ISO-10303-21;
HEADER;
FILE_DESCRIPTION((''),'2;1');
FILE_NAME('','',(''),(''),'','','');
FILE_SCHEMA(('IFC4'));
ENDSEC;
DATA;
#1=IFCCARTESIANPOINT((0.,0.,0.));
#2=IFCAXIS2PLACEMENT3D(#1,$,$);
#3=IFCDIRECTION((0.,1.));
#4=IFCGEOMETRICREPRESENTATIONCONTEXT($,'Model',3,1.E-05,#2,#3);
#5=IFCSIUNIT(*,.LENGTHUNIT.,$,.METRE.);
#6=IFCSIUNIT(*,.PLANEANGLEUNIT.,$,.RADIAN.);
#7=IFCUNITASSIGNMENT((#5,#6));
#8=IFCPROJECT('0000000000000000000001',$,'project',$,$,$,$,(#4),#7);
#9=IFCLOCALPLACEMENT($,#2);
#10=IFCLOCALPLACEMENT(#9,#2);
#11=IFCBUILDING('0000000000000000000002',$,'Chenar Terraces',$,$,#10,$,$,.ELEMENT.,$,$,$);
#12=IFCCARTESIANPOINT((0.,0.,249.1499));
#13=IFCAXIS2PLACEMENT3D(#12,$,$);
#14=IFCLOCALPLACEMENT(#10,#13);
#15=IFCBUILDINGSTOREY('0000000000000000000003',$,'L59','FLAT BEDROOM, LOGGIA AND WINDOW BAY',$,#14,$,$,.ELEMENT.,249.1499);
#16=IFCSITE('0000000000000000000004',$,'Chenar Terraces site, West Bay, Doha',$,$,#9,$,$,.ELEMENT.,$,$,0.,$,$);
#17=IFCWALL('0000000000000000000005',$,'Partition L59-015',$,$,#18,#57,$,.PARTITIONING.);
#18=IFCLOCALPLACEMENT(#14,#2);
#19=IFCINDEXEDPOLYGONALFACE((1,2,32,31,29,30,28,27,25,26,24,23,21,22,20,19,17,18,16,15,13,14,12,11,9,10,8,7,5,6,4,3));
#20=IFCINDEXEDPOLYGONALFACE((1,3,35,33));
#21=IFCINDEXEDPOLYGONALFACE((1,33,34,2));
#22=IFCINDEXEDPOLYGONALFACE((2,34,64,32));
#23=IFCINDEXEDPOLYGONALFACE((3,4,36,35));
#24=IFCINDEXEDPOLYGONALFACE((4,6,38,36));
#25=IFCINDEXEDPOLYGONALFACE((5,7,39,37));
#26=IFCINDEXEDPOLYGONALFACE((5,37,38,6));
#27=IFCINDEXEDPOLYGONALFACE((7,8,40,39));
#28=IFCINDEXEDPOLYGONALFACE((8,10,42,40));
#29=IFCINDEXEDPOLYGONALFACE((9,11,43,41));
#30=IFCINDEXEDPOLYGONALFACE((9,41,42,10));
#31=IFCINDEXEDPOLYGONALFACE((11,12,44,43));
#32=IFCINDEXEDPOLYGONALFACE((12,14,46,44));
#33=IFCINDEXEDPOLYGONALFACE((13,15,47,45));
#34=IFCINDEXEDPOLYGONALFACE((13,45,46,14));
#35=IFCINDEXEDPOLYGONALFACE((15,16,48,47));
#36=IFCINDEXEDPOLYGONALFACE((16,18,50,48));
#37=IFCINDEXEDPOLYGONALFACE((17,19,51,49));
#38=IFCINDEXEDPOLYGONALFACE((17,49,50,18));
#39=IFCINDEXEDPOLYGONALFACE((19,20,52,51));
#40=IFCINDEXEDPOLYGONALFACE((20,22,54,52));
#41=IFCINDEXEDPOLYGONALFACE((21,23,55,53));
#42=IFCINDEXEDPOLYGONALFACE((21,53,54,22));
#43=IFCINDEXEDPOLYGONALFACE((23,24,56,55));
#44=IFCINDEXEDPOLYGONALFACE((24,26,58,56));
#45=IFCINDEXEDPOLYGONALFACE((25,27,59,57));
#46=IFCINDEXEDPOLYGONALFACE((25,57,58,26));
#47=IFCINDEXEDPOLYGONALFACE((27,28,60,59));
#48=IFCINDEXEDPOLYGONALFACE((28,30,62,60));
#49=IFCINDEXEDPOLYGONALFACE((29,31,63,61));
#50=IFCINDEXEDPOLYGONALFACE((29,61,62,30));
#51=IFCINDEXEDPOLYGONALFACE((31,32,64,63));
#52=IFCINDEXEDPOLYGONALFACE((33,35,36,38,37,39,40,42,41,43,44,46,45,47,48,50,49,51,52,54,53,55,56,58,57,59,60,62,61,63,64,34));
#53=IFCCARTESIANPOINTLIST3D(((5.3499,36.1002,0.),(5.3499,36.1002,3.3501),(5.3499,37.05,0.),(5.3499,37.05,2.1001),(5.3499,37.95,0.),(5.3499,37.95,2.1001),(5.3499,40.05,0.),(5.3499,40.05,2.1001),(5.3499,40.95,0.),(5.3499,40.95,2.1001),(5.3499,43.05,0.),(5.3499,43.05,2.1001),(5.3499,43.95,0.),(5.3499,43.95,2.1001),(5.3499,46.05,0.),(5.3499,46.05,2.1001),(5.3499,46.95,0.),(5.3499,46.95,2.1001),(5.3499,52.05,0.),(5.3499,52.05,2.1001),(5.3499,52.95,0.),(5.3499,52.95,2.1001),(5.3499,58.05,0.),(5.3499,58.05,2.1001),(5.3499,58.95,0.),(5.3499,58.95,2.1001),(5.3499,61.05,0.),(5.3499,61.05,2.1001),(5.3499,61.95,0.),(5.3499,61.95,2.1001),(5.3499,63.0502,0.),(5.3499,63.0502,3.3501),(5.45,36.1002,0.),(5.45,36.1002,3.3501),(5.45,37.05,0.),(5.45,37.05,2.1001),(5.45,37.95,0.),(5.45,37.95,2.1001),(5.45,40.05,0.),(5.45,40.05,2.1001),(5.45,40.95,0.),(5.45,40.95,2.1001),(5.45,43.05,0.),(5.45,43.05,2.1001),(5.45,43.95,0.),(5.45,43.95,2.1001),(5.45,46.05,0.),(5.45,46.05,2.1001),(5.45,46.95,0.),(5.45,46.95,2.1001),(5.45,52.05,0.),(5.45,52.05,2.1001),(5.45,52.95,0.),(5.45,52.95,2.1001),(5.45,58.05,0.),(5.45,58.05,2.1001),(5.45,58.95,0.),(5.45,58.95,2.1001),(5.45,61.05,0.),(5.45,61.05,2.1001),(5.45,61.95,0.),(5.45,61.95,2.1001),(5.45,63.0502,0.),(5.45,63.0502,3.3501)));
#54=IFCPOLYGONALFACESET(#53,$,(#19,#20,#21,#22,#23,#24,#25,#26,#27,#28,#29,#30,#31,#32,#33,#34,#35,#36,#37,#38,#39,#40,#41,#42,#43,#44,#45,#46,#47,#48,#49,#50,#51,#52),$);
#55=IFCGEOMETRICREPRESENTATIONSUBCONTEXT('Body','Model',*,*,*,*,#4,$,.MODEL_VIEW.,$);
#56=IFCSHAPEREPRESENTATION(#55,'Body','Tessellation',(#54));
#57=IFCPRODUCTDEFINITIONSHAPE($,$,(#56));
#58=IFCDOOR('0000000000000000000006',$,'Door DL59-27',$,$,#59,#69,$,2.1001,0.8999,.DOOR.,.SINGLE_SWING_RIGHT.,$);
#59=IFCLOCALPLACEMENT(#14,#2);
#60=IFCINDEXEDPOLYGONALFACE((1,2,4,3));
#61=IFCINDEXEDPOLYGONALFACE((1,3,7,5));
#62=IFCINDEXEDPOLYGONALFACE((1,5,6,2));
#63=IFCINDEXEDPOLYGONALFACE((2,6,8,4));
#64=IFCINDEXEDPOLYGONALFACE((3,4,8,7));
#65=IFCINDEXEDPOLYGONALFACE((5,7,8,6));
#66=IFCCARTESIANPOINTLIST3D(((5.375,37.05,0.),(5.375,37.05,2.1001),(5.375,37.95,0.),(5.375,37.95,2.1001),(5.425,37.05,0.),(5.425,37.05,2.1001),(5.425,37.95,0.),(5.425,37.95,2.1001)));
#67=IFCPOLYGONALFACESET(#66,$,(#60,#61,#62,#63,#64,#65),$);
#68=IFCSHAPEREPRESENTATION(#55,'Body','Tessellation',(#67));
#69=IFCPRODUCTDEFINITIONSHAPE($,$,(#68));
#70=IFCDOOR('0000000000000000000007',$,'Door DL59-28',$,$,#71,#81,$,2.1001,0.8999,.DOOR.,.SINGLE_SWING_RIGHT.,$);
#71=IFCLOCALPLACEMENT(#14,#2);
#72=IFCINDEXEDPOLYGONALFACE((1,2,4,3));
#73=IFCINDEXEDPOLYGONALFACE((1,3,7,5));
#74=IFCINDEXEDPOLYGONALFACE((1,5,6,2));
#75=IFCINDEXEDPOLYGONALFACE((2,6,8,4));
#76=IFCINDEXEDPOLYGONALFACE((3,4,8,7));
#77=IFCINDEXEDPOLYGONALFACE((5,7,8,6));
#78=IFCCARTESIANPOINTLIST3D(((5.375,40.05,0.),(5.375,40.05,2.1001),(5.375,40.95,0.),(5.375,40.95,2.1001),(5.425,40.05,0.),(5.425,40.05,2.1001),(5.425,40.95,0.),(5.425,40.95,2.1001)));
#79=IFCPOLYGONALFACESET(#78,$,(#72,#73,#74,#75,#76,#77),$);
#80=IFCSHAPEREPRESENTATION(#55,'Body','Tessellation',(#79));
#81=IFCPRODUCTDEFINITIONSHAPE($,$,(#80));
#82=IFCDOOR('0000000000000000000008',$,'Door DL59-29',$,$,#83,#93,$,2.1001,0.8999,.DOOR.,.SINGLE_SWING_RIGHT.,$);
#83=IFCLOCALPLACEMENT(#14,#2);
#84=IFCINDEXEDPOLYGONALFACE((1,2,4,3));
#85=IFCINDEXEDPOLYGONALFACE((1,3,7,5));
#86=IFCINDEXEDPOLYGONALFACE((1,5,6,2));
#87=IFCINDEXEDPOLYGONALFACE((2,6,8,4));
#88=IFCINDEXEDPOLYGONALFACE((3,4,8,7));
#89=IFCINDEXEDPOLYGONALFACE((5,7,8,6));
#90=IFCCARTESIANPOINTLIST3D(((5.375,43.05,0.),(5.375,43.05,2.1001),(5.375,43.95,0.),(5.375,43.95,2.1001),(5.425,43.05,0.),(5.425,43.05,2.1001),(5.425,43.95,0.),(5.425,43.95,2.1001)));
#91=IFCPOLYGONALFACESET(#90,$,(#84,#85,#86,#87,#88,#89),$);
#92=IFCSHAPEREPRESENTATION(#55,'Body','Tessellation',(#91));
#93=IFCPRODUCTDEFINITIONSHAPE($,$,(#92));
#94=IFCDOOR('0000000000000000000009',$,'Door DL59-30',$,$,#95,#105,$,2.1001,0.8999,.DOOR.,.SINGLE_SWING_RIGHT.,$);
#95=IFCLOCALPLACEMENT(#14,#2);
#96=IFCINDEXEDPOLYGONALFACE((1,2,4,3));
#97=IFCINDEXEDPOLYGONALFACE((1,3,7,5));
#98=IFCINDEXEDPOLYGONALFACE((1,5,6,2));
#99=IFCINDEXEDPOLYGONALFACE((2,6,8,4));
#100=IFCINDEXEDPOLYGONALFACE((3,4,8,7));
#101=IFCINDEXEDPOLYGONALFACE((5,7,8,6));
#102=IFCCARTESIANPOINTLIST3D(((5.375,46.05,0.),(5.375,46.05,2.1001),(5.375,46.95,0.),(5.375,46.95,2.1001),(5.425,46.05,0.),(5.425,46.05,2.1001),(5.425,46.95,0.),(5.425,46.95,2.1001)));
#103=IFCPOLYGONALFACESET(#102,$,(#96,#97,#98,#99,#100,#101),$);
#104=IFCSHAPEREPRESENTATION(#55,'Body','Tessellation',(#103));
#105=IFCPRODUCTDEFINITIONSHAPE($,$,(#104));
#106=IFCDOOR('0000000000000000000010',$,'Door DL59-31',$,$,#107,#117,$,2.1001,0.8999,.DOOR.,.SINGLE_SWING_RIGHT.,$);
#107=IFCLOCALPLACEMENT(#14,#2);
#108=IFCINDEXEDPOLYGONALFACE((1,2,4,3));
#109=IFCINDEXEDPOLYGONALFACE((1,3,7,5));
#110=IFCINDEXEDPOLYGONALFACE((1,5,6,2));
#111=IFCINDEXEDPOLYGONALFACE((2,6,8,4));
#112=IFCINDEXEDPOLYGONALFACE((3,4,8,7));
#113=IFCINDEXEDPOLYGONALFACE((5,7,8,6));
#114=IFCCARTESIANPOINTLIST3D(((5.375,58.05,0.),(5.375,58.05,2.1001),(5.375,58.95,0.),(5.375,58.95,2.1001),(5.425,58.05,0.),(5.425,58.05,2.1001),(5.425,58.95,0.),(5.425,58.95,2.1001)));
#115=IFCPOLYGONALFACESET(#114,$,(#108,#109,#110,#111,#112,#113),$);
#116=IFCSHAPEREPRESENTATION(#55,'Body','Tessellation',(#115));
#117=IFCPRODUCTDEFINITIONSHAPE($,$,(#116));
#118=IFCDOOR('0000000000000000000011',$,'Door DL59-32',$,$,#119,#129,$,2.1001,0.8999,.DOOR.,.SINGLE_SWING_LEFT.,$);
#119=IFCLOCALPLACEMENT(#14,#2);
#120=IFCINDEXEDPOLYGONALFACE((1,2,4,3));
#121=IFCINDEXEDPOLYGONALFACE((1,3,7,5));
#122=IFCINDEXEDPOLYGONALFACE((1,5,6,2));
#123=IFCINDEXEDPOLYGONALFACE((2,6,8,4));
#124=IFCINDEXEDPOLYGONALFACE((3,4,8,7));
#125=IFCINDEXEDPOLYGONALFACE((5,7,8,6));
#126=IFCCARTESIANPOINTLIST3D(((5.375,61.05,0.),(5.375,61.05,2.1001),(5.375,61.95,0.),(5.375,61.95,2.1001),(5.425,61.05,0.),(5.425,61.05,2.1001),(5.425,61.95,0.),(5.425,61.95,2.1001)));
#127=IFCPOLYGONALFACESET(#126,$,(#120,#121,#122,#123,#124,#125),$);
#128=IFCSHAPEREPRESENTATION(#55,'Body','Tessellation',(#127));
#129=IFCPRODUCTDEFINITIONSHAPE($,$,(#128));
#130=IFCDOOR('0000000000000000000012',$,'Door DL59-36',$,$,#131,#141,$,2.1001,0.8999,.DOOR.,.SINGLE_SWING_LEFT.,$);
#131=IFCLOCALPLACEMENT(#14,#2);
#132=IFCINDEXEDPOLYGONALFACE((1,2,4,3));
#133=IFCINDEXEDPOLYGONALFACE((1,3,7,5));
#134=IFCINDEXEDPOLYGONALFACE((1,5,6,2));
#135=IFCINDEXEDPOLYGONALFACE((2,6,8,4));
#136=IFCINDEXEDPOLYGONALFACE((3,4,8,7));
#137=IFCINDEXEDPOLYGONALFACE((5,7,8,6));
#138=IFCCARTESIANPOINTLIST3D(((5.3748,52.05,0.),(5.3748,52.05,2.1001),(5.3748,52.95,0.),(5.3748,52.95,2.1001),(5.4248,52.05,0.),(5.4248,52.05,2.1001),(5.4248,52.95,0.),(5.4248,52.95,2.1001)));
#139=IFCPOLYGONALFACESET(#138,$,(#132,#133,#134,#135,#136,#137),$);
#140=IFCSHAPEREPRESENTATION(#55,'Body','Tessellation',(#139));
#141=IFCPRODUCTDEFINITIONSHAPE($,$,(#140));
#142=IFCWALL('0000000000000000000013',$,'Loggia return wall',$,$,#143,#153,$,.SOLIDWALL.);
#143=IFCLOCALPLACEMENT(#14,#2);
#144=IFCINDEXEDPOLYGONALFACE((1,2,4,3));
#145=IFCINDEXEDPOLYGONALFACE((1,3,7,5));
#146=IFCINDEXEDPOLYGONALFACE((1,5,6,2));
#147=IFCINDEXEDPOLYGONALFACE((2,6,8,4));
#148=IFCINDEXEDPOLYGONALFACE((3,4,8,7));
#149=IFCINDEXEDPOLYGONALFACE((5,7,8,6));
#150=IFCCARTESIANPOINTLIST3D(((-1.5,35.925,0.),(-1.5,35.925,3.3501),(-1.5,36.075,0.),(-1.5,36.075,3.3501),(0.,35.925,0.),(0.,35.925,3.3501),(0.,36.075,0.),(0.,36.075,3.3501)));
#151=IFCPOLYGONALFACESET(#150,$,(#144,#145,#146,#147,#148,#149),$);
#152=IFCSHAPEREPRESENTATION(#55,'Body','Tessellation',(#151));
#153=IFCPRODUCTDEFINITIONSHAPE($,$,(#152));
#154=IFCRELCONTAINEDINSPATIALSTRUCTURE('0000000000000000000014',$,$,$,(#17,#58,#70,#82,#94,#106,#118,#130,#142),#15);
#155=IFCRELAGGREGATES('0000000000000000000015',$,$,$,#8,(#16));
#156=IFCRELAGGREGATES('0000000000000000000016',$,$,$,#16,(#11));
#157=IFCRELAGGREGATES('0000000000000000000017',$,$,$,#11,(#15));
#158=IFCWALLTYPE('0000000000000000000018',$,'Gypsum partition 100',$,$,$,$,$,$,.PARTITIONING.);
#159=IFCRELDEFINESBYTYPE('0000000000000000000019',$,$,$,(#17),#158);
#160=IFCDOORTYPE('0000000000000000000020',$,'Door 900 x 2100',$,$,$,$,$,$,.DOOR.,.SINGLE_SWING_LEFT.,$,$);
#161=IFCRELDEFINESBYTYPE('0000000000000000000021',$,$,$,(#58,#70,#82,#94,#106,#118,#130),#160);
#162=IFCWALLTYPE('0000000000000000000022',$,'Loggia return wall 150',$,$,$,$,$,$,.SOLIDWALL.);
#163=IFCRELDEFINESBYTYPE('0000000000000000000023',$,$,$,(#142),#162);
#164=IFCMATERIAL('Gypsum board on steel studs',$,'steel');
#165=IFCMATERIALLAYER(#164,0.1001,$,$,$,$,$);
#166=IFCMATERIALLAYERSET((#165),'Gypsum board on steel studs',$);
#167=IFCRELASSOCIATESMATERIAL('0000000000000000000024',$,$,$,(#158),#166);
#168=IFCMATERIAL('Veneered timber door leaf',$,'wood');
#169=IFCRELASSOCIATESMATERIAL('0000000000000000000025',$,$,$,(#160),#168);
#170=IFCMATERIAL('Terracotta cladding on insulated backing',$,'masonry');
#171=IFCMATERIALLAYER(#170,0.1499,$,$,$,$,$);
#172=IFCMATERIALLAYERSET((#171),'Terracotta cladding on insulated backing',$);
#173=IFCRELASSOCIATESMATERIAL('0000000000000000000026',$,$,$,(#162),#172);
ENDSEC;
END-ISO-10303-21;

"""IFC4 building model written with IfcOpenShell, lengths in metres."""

from ifc_helpers import new_model, si_unit, direction, frame, frame_2d, origin, place, context, subcontext, project, spatial, rectangle, extrude, material, layer, layer_set, type_object, element, fill, save


model = new_model("IFC4")

# Units and contexts
model_context = context("Model", 3, precision=1e-05, world=origin(), true_north=direction((0.0, 1.0)))
body_context = subcontext(model_context, "Body", "Model", "MODEL_VIEW")
ifc_project = project(units=[si_unit("LENGTHUNIT", "METRE"), si_unit("PLANEANGLEUNIT", "RADIAN")], contexts=[model_context])

# Site, building, storey
site_placement = place(None, origin())
site = spatial("IfcSite", under=ifc_project, at=site_placement, Name="Chenar Terraces site, West Bay, Doha", CompositionType="ELEMENT", RefElevation=0.0)
building_placement = place(site_placement, origin())
building = spatial("IfcBuilding", under=site, at=building_placement, Name="Chenar Terraces", CompositionType="ELEMENT")
storey_placement = place(building_placement, frame((0.0, 0.0, 249.1499)))
storey = spatial("IfcBuildingStorey", under=building, at=storey_placement, Name="L59", Description="FLAT BEDROOM, LOGGIA AND WINDOW BAY", CompositionType="ELEMENT", Elevation=249.1499)

# Shared definitions
ifc_material_1 = material(Name="Gypsum board on steel studs", Category="steel")
ifc_layer_1 = layer(ifc_material_1, 0.1001)
ifc_layer_set_1 = layer_set([ifc_layer_1], Name="Gypsum board on steel studs")
wall_type_1 = type_object("IfcWallType", Name="Gypsum partition 100", PredefinedType="PARTITIONING", material=ifc_layer_set_1)

# Wall, openings, doors
wall_1_placement = place(storey_placement, frame((5.3999, 36.1001, 0.0), z_axis=(0.0, 0.0, 1.0), x_axis=(0.0, 1.0, 0.0)))
wall_1 = element("IfcWall", 1, at=wall_1_placement, inside=storey, type_object=wall_type_1, Name="Partition L59-015", PredefinedType="PARTITIONING", context=body_context, shape_type="SweptSolid", body=[
    extrude(rectangle(XDim=26.95, YDim=0.1001, at=frame_2d((13.4751, 0.0))), origin(), (0.0, 0.0, 1.0), 3.3501),
])
opening_1_placement = place(wall_1_placement, frame((0.95, 0.0, 0.0)))
opening_1 = element("IfcOpeningElement", 2, at=opening_1_placement, cuts=wall_1, PredefinedType="OPENING", context=body_context, shape_type="SweptSolid", body=[
    extrude(rectangle(XDim=0.8999, YDim=2.1001, at=frame_2d((0.45, 1.05))), frame((0.0, 0.0601, 0.0), z_axis=(0.0, -1.0, 0.0), x_axis=(1.0, 0.0, 0.0)), (0.0, 0.0, 1.0), 0.1201),
])
opening_2_placement = place(wall_1_placement, frame((3.95, 0.0, 0.0)))
opening_2 = element("IfcOpeningElement", 3, at=opening_2_placement, cuts=wall_1, PredefinedType="OPENING", context=body_context, shape_type="SweptSolid", body=[
    extrude(rectangle(XDim=0.8999, YDim=2.1001, at=frame_2d((0.45, 1.05))), frame((0.0, 0.0601, 0.0), z_axis=(0.0, -1.0, 0.0), x_axis=(1.0, 0.0, 0.0)), (0.0, 0.0, 1.0), 0.1201),
])
opening_3_placement = place(wall_1_placement, frame((6.95, 0.0, 0.0)))
opening_3 = element("IfcOpeningElement", 4, at=opening_3_placement, cuts=wall_1, PredefinedType="OPENING", context=body_context, shape_type="SweptSolid", body=[
    extrude(rectangle(XDim=0.8999, YDim=2.1001, at=frame_2d((0.45, 1.05))), frame((0.0, 0.0601, 0.0), z_axis=(0.0, -1.0, 0.0), x_axis=(1.0, 0.0, 0.0)), (0.0, 0.0, 1.0), 0.1201),
])
opening_4_placement = place(wall_1_placement, frame((9.95, 0.0, 0.0)))
opening_4 = element("IfcOpeningElement", 5, at=opening_4_placement, cuts=wall_1, PredefinedType="OPENING", context=body_context, shape_type="SweptSolid", body=[
    extrude(rectangle(XDim=0.8999, YDim=2.1001, at=frame_2d((0.45, 1.05))), frame((0.0, 0.0601, 0.0), z_axis=(0.0, -1.0, 0.0), x_axis=(1.0, 0.0, 0.0)), (0.0, 0.0, 1.0), 0.1201),
])
opening_5_placement = place(wall_1_placement, frame((21.95, 0.0, 0.0)))
opening_5 = element("IfcOpeningElement", 6, at=opening_5_placement, cuts=wall_1, PredefinedType="OPENING", context=body_context, shape_type="SweptSolid", body=[
    extrude(rectangle(XDim=0.8999, YDim=2.1001, at=frame_2d((0.45, 1.05))), frame((0.0, 0.0601, 0.0), z_axis=(0.0, -1.0, 0.0), x_axis=(1.0, 0.0, 0.0)), (0.0, 0.0, 1.0), 0.1201),
])
opening_6_placement = place(wall_1_placement, frame((24.95, 0.0, 0.0)))
opening_6 = element("IfcOpeningElement", 7, at=opening_6_placement, cuts=wall_1, PredefinedType="OPENING", context=body_context, shape_type="SweptSolid", body=[
    extrude(rectangle(XDim=0.8999, YDim=2.1001, at=frame_2d((0.45, 1.05))), frame((0.0, 0.0601, 0.0), z_axis=(0.0, -1.0, 0.0), x_axis=(1.0, 0.0, 0.0)), (0.0, 0.0, 1.0), 0.1201),
])
opening_7_placement = place(wall_1_placement, frame((15.95, 0.0, 0.0)))
opening_7 = element("IfcOpeningElement", 8, at=opening_7_placement, cuts=wall_1, PredefinedType="OPENING", context=body_context, shape_type="SweptSolid", body=[
    extrude(rectangle(XDim=0.8999, YDim=2.1001, at=frame_2d((0.45, 1.05))), frame((0.0, 0.0601, 0.0), z_axis=(0.0, -1.0, 0.0), x_axis=(1.0, 0.0, 0.0)), (0.0, 0.0, 1.0), 0.1201),
])
ifc_material_2 = material(Name="Veneered timber door leaf", Category="wood")
door_type_1 = type_object("IfcDoorType", Name="Door 900 x 2100", OperationType="SINGLE_SWING_LEFT", PredefinedType="DOOR", material=ifc_material_2)
door_1_placement = place(opening_1_placement, origin())
door_1 = element("IfcDoor", 9, at=door_1_placement, inside=storey, type_object=door_type_1, Name="Door DL59-27", OperationType="SINGLE_SWING_RIGHT", OverallHeight=2.1001, OverallWidth=0.8999, PredefinedType="DOOR", context=body_context, shape_type="SweptSolid", body=[
    extrude(rectangle(XDim=0.8999, YDim=2.1001, at=frame_2d((0.45, 1.05))), frame((0.0, 0.0249, 0.0), z_axis=(0.0, -1.0, 0.0), x_axis=(1.0, 0.0, 0.0)), (0.0, 0.0, 1.0), 0.05),
])
fill(opening_1, door_1)
door_2_placement = place(opening_2_placement, origin())
door_2 = element("IfcDoor", 10, at=door_2_placement, inside=storey, type_object=door_type_1, Name="Door DL59-28", OperationType="SINGLE_SWING_RIGHT", OverallHeight=2.1001, OverallWidth=0.8999, PredefinedType="DOOR", context=body_context, shape_type="SweptSolid", body=[
    extrude(rectangle(XDim=0.8999, YDim=2.1001, at=frame_2d((0.45, 1.05))), frame((0.0, 0.0249, 0.0), z_axis=(0.0, -1.0, 0.0), x_axis=(1.0, 0.0, 0.0)), (0.0, 0.0, 1.0), 0.05),
])
fill(opening_2, door_2)
door_3_placement = place(opening_3_placement, origin())
door_3 = element("IfcDoor", 11, at=door_3_placement, inside=storey, type_object=door_type_1, Name="Door DL59-29", OperationType="SINGLE_SWING_RIGHT", OverallHeight=2.1001, OverallWidth=0.8999, PredefinedType="DOOR", context=body_context, shape_type="SweptSolid", body=[
    extrude(rectangle(XDim=0.8999, YDim=2.1001, at=frame_2d((0.45, 1.05))), frame((0.0, 0.0249, 0.0), z_axis=(0.0, -1.0, 0.0), x_axis=(1.0, 0.0, 0.0)), (0.0, 0.0, 1.0), 0.05),
])
fill(opening_3, door_3)
door_4_placement = place(opening_4_placement, origin())
door_4 = element("IfcDoor", 12, at=door_4_placement, inside=storey, type_object=door_type_1, Name="Door DL59-30", OperationType="SINGLE_SWING_RIGHT", OverallHeight=2.1001, OverallWidth=0.8999, PredefinedType="DOOR", context=body_context, shape_type="SweptSolid", body=[
    extrude(rectangle(XDim=0.8999, YDim=2.1001, at=frame_2d((0.45, 1.05))), frame((0.0, 0.0249, 0.0), z_axis=(0.0, -1.0, 0.0), x_axis=(1.0, 0.0, 0.0)), (0.0, 0.0, 1.0), 0.05),
])
fill(opening_4, door_4)
door_5_placement = place(opening_5_placement, origin())
door_5 = element("IfcDoor", 13, at=door_5_placement, inside=storey, type_object=door_type_1, Name="Door DL59-31", OperationType="SINGLE_SWING_RIGHT", OverallHeight=2.1001, OverallWidth=0.8999, PredefinedType="DOOR", context=body_context, shape_type="SweptSolid", body=[
    extrude(rectangle(XDim=0.8999, YDim=2.1001, at=frame_2d((0.45, 1.05))), frame((0.0, 0.0249, 0.0), z_axis=(0.0, -1.0, 0.0), x_axis=(1.0, 0.0, 0.0)), (0.0, 0.0, 1.0), 0.05),
])
fill(opening_5, door_5)
door_6_placement = place(opening_6_placement, origin())
door_6 = element("IfcDoor", 14, at=door_6_placement, inside=storey, type_object=door_type_1, Name="Door DL59-32", OperationType="SINGLE_SWING_LEFT", OverallHeight=2.1001, OverallWidth=0.8999, PredefinedType="DOOR", context=body_context, shape_type="SweptSolid", body=[
    extrude(rectangle(XDim=0.8999, YDim=2.1001, at=frame_2d((0.45, 1.05))), frame((0.0, 0.0249, 0.0), z_axis=(0.0, -1.0, 0.0), x_axis=(1.0, 0.0, 0.0)), (0.0, 0.0, 1.0), 0.05),
])
fill(opening_6, door_6)
door_7_placement = place(opening_7_placement, frame((0.8999, 0.0, 0.0), z_axis=(0.0, 0.0, 1.0), x_axis=(-1.0, 0.0, 0.0)))
door_7 = element("IfcDoor", 15, at=door_7_placement, inside=storey, type_object=door_type_1, Name="Door DL59-36", OperationType="SINGLE_SWING_LEFT", OverallHeight=2.1001, OverallWidth=0.8999, PredefinedType="DOOR", context=body_context, shape_type="SweptSolid", body=[
    extrude(rectangle(XDim=0.8999, YDim=2.1001, at=frame_2d((0.45, 1.05))), frame((0.0, 0.0249, 0.0), z_axis=(0.0, -1.0, 0.0), x_axis=(1.0, 0.0, 0.0)), (0.0, 0.0, 1.0), 0.05),
])
fill(opening_7, door_7)

# Wall
ifc_material_3 = material(Name="Terracotta cladding on insulated backing", Category="masonry")
ifc_layer_2 = layer(ifc_material_3, 0.1499)
ifc_layer_set_2 = layer_set([ifc_layer_2], Name="Terracotta cladding on insulated backing")
wall_type_2 = type_object("IfcWallType", Name="Loggia return wall 150", PredefinedType="SOLIDWALL", material=ifc_layer_set_2)
wall_2_placement = place(storey_placement, frame((-1.5, 36.0, 0.0), z_axis=(0.0, 0.0, 1.0), x_axis=(1.0, 0.0, 0.0)))
element("IfcWall", 16, at=wall_2_placement, inside=storey, type_object=wall_type_2, Name="Loggia return wall", PredefinedType="SOLIDWALL", context=body_context, shape_type="SweptSolid", body=[
    extrude(rectangle(XDim=1.5, YDim=0.1499, at=frame_2d((0.75, 0.0))), origin(), (0.0, 0.0, 1.0), 3.3501),
])

save(model, "model.ifc")
